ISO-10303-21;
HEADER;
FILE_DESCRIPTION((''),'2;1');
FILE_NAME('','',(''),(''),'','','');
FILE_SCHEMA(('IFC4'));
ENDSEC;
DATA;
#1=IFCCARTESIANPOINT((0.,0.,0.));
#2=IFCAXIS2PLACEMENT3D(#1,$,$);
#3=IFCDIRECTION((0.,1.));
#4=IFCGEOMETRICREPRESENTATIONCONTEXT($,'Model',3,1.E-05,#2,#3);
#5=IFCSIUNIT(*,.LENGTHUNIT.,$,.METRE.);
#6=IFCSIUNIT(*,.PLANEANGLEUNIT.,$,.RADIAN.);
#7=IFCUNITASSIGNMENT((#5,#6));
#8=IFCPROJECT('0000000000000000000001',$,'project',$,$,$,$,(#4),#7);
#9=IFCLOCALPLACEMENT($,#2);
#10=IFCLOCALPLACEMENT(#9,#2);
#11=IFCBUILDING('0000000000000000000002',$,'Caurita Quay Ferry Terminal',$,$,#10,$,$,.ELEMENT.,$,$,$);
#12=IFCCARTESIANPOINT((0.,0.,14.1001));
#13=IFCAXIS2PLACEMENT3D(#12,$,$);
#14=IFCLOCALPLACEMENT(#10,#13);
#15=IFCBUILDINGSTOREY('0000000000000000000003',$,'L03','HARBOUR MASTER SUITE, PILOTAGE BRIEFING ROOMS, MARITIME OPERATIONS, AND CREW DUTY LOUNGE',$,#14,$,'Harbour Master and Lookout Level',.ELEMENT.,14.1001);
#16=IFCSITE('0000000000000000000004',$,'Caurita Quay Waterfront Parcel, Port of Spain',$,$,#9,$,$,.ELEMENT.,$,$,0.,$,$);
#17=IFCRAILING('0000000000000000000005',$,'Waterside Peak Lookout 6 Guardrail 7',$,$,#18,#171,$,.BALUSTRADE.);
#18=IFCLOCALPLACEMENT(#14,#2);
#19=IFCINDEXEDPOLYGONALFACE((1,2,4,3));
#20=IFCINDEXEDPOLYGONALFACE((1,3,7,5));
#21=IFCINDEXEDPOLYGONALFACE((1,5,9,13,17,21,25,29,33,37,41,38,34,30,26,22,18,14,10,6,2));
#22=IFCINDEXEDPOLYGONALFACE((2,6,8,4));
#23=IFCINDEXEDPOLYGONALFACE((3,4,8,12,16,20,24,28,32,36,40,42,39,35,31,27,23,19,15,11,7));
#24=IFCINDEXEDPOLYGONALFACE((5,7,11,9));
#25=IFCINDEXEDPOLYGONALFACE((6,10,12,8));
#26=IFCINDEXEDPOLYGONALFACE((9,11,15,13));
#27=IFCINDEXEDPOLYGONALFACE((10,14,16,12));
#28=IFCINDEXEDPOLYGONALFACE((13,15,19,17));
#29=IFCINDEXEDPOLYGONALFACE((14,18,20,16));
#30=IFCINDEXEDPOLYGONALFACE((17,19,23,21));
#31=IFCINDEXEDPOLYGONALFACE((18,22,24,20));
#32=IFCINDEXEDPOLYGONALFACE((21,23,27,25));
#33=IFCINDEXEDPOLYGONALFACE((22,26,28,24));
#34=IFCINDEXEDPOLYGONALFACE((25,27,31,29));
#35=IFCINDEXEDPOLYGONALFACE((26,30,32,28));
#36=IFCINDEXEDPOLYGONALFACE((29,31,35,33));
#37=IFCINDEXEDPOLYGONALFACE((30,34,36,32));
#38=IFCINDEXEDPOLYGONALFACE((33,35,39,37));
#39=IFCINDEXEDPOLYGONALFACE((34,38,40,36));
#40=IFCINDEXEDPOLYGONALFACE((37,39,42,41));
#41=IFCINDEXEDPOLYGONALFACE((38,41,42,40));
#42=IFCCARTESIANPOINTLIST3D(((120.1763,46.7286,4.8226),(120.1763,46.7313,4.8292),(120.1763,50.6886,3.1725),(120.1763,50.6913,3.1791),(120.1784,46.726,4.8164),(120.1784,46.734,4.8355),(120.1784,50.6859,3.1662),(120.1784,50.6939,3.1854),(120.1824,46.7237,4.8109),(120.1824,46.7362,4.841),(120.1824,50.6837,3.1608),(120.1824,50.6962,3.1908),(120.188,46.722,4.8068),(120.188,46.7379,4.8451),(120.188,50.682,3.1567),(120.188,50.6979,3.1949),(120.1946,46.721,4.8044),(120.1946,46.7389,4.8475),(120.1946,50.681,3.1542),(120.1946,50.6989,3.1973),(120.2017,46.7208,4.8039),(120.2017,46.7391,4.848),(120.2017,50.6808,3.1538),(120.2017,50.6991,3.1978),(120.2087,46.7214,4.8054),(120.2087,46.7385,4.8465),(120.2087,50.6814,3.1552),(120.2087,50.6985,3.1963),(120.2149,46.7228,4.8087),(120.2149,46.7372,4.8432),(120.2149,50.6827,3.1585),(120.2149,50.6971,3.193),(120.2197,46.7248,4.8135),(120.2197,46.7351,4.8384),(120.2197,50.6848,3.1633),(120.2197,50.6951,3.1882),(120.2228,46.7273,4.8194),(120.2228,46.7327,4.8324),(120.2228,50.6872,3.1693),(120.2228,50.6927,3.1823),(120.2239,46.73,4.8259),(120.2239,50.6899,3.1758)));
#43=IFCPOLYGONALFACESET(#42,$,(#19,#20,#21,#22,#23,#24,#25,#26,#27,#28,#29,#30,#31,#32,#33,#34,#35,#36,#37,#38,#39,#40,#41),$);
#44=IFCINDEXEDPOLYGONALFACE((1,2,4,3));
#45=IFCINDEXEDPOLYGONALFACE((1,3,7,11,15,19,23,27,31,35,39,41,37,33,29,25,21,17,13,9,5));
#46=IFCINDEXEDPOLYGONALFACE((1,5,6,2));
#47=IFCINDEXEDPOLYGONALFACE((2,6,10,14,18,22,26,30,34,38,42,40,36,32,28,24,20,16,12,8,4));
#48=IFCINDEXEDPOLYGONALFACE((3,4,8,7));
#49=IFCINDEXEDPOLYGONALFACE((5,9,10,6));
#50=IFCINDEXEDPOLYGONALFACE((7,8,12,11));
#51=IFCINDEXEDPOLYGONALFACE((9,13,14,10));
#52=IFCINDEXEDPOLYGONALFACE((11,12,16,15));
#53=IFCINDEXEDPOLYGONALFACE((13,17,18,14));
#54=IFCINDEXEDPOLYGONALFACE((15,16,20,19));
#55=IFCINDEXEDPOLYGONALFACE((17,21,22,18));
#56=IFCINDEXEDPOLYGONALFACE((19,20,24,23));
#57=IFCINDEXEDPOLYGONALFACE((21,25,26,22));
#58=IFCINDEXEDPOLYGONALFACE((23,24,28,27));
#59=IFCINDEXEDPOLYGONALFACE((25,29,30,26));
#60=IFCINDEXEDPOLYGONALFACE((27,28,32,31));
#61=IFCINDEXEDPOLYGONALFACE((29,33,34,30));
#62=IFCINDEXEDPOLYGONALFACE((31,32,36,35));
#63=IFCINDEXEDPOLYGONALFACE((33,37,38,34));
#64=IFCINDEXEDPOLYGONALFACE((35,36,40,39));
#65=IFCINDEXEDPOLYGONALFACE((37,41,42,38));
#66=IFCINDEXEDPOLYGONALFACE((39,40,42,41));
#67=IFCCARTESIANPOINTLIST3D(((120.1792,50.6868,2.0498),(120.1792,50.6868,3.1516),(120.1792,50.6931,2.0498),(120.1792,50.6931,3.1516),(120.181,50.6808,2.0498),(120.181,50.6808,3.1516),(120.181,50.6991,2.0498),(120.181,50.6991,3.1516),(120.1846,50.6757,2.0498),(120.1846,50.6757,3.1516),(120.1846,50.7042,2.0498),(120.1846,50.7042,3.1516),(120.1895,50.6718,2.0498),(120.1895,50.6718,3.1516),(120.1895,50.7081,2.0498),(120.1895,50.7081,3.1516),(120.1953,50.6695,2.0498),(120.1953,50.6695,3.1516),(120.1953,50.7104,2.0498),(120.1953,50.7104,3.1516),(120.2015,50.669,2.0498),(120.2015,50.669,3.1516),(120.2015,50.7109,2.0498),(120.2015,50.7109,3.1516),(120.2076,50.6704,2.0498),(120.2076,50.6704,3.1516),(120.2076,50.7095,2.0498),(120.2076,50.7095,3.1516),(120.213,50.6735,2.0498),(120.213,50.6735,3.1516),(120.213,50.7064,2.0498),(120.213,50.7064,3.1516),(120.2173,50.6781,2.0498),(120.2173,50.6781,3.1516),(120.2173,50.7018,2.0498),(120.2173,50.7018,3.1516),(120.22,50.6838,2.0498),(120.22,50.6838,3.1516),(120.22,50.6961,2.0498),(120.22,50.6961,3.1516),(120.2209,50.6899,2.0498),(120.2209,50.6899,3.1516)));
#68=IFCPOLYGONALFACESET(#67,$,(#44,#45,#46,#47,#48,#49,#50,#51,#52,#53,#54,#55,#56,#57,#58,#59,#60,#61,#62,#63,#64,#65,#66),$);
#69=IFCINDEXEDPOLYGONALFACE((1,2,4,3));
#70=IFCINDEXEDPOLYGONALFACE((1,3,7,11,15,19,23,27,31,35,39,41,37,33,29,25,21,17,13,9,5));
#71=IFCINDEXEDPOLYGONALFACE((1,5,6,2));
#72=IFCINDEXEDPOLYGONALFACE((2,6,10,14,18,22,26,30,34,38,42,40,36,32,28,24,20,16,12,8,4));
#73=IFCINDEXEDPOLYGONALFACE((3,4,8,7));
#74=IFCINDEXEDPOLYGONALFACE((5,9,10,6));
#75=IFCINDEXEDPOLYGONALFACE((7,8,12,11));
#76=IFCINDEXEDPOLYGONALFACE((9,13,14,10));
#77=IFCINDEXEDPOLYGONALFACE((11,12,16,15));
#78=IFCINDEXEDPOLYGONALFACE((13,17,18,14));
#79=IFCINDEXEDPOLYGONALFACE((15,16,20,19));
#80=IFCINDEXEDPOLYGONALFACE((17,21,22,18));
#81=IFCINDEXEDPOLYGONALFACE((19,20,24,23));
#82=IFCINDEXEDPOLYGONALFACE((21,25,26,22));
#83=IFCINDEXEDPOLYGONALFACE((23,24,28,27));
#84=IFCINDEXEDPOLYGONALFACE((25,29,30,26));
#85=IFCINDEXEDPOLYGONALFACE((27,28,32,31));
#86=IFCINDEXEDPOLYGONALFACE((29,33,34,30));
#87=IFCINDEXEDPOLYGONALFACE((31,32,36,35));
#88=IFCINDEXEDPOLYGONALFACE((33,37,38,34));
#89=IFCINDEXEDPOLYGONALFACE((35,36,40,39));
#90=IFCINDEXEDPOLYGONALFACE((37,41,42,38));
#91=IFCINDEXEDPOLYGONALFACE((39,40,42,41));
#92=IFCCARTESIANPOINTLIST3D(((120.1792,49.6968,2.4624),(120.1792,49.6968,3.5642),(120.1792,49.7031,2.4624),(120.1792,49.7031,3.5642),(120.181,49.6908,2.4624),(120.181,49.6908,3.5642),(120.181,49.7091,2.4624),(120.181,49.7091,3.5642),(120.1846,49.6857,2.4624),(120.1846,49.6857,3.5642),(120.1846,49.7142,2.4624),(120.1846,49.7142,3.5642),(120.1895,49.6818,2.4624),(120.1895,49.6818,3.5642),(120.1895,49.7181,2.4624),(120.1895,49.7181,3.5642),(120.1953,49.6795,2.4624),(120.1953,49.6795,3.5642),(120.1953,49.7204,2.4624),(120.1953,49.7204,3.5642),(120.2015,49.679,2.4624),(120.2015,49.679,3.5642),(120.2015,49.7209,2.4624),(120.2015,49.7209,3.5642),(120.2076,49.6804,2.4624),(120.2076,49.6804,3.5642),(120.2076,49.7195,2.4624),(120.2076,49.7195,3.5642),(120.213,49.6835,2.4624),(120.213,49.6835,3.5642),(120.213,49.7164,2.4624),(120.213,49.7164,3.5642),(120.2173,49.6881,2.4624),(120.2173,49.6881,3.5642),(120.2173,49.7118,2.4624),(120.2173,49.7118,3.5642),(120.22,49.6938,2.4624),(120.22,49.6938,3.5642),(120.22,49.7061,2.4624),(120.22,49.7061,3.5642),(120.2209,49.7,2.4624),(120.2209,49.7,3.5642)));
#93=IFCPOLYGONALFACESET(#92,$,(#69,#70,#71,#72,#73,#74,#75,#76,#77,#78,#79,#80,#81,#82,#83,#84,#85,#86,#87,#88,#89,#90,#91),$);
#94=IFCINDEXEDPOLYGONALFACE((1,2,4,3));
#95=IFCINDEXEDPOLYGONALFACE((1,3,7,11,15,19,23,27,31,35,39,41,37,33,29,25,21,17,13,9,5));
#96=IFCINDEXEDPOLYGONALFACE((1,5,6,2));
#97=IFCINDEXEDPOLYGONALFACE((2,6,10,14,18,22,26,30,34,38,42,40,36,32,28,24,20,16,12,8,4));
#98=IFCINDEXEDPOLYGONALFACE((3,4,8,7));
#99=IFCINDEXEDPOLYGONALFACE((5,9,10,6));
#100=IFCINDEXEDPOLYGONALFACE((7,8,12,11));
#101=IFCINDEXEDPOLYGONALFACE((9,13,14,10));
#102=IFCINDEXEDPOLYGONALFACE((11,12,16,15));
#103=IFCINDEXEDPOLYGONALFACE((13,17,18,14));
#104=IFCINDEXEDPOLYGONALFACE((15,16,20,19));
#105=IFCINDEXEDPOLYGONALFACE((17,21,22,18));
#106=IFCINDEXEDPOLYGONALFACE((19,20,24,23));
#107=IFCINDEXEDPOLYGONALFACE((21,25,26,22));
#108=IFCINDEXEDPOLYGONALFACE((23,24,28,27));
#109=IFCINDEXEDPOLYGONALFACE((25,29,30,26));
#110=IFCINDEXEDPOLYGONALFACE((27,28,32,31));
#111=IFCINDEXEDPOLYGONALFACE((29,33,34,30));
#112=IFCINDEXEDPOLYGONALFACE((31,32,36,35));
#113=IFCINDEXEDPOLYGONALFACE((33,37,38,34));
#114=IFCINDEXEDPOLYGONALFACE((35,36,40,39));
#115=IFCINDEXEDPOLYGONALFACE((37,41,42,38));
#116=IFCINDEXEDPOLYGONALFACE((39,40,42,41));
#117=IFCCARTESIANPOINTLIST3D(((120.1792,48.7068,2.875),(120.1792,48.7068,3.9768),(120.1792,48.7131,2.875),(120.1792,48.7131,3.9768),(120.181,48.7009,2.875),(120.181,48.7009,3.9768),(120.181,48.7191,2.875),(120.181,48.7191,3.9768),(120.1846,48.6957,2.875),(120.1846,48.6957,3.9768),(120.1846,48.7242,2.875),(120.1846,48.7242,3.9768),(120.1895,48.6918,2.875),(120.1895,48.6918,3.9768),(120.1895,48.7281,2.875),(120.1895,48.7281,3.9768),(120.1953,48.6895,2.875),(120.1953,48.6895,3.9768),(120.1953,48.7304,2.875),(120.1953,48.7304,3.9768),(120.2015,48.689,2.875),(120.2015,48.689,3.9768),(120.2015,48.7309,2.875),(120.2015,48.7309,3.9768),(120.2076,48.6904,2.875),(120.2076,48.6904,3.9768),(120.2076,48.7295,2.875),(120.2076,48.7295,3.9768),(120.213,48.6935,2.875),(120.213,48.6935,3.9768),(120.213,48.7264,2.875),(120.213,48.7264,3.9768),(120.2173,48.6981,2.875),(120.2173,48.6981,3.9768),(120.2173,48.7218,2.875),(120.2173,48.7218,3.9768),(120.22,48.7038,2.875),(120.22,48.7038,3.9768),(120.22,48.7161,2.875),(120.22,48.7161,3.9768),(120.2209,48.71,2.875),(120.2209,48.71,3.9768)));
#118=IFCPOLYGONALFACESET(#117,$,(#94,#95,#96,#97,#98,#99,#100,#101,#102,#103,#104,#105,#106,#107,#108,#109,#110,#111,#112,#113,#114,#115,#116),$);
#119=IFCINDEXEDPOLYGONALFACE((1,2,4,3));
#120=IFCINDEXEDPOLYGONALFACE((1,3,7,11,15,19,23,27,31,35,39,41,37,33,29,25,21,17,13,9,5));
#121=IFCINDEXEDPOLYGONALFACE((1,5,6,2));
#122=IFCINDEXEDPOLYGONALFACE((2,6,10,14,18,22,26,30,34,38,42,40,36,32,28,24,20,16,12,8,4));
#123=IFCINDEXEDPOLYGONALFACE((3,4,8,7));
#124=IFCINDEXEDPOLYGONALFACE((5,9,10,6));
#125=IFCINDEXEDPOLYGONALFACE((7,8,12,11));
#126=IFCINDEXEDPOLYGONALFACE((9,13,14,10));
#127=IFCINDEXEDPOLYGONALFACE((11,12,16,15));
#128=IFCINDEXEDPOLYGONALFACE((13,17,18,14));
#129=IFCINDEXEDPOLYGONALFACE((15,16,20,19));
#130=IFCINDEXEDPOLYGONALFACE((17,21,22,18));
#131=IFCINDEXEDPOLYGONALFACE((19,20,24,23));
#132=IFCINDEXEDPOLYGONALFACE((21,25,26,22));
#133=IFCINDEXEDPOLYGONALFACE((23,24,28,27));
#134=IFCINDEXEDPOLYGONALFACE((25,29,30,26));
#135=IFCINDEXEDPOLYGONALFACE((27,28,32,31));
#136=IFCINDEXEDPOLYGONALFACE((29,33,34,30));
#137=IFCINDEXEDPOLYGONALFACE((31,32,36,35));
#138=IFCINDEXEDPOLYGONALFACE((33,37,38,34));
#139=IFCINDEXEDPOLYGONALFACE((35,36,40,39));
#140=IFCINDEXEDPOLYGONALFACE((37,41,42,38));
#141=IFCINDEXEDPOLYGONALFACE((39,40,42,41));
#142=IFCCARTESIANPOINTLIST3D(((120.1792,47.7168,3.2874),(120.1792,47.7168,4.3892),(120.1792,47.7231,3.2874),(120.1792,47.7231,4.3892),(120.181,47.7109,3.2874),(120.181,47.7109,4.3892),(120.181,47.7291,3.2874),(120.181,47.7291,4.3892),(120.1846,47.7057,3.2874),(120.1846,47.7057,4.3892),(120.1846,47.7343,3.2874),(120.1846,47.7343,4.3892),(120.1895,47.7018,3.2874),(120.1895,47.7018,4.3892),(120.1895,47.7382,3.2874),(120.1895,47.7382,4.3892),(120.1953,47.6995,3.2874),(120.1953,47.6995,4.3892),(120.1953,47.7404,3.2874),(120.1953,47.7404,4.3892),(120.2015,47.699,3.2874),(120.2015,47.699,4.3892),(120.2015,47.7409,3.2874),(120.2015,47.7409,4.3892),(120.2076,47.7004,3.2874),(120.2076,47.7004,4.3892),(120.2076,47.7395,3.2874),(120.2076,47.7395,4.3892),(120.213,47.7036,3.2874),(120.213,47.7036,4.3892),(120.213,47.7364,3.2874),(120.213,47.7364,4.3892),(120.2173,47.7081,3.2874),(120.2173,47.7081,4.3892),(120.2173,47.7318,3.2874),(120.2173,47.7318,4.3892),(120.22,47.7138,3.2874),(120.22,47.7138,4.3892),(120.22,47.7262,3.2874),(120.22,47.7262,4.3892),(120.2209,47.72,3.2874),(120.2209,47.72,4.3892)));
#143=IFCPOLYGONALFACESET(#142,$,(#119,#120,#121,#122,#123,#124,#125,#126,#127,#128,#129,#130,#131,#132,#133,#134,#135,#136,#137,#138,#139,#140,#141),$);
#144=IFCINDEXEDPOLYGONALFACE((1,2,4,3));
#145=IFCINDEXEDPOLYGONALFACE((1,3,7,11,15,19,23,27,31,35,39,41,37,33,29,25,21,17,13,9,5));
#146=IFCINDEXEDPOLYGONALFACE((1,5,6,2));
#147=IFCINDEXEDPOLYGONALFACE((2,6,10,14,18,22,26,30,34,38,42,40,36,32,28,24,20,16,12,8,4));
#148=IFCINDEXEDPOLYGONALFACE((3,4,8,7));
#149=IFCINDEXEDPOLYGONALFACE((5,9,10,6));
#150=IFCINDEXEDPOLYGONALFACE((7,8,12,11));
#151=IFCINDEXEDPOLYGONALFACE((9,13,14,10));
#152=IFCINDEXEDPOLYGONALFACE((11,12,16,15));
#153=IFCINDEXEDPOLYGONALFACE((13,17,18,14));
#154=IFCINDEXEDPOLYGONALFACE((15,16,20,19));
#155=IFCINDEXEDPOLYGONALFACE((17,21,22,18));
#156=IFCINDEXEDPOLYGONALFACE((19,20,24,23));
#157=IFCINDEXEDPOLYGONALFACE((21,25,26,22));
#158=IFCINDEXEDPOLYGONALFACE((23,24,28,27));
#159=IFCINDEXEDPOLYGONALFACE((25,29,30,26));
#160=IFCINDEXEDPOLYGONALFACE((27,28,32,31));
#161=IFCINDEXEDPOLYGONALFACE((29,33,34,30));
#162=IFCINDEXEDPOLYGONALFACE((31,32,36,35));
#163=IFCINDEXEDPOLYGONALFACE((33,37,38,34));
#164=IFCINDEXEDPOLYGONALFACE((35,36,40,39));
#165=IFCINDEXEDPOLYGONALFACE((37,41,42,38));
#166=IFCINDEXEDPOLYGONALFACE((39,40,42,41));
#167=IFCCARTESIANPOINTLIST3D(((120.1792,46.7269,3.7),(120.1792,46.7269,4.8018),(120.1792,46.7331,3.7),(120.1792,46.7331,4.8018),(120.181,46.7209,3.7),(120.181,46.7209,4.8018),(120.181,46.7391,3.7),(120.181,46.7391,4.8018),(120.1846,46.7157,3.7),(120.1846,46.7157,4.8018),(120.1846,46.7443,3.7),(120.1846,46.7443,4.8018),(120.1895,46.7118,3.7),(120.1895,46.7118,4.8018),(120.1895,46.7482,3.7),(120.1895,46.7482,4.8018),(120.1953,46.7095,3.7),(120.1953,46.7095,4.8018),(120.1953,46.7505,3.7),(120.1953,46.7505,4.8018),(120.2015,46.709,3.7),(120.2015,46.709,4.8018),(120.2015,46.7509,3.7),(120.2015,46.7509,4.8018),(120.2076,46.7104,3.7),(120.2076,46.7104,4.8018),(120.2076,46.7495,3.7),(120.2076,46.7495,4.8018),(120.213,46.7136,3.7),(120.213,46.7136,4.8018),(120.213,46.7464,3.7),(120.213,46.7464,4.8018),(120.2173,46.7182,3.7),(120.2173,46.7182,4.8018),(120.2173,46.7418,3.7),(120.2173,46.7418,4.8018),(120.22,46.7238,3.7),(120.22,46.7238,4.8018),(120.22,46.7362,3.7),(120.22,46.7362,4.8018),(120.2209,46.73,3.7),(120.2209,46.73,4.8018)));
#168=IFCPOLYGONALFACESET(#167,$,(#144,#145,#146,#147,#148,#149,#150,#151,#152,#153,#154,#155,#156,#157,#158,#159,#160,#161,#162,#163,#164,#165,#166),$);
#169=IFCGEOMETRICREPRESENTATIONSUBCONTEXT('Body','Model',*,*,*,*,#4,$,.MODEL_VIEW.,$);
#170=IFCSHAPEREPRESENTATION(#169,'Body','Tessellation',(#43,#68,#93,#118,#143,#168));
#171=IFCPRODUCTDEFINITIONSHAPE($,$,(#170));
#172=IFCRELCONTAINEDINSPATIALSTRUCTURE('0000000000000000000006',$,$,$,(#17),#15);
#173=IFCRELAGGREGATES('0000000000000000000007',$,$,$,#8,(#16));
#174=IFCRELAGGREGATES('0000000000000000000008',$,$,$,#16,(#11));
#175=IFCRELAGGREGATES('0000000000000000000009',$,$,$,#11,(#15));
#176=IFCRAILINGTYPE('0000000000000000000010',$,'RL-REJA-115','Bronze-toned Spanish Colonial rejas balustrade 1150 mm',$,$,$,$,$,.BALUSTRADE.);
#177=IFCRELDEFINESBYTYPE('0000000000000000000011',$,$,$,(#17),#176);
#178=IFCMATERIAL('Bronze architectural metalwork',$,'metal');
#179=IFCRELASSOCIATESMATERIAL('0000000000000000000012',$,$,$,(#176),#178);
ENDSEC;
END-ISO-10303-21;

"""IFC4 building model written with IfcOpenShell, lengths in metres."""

from ifc_helpers import new_model, si_unit, direction, frame, origin, origin_2d, place, context, subcontext, project, spatial, circle, extrude, material, type_object, element, save


model = new_model("IFC4")

# Units and contexts
model_context = context("Model", 3, precision=1e-05, world=origin(), true_north=direction((0.0, 1.0)))
body_context = subcontext(model_context, "Body", "Model", "MODEL_VIEW")
ifc_project = project(units=[si_unit("LENGTHUNIT", "METRE"), si_unit("PLANEANGLEUNIT", "RADIAN")], contexts=[model_context])

# Site, building, storey
site_placement = place(None, origin())
site = spatial("IfcSite", under=ifc_project, at=site_placement, Name="Caurita Quay Waterfront Parcel, Port of Spain", CompositionType="ELEMENT", RefElevation=0.0)
building_placement = place(site_placement, origin())
building = spatial("IfcBuilding", under=site, at=building_placement, Name="Caurita Quay Ferry Terminal", CompositionType="ELEMENT")
storey_placement = place(building_placement, frame((0.0, 0.0, 14.1001)))
storey = spatial("IfcBuildingStorey", under=building, at=storey_placement, Name="L03", Description="HARBOUR MASTER SUITE, PILOTAGE BRIEFING ROOMS, MARITIME OPERATIONS, AND CREW DUTY LOUNGE", LongName="Harbour Master and Lookout Level", CompositionType="ELEMENT", Elevation=14.1001)

# Railing
ifc_material_1 = material(Name="Bronze architectural metalwork", Category="metal")
railing_type_1 = type_object("IfcRailingType", Name="RL-REJA-115", Description="Bronze-toned Spanish Colonial rejas balustrade 1150 mm", PredefinedType="BALUSTRADE", material=ifc_material_1)
for number, where, name in (
    (1, (120.2, 50.6899, 2.0498), "Waterside Peak Lookout 6 Guardrail 7"),
):
    element("IfcRailing", number, at=place(storey_placement, frame(where)), inside=storey, type_object=railing_type_1, Name=name, PredefinedType="BALUSTRADE", context=body_context, shape_type="SweptSolid", body=[
        extrude(circle(Radius=0.0239, at=origin_2d()), frame((0.0, 0.0, 1.126), z_axis=(0.0, -0.923063, 0.384648), x_axis=(1.0, 0.0, 0.0)), (0.0, 0.0, 1.0), 4.29),
        extrude(circle(Radius=0.021, at=origin_2d()), origin(), (0.0, 0.0, 1.0), 1.1018),
        extrude(circle(Radius=0.021, at=origin_2d()), frame((0.0, -0.99, 0.4126)), (0.0, 0.0, 1.0), 1.1018),
        extrude(circle(Radius=0.021, at=origin_2d()), frame((0.0, -1.98, 0.8252)), (0.0, 0.0, 1.0), 1.1018),
        extrude(circle(Radius=0.021, at=origin_2d()), frame((0.0, -2.97, 1.2375)), (0.0, 0.0, 1.0), 1.1018),
        extrude(circle(Radius=0.021, at=origin_2d()), frame((0.0, -3.96, 1.6501)), (0.0, 0.0, 1.0), 1.1018),
    ])

save(model, "model.ifc")
